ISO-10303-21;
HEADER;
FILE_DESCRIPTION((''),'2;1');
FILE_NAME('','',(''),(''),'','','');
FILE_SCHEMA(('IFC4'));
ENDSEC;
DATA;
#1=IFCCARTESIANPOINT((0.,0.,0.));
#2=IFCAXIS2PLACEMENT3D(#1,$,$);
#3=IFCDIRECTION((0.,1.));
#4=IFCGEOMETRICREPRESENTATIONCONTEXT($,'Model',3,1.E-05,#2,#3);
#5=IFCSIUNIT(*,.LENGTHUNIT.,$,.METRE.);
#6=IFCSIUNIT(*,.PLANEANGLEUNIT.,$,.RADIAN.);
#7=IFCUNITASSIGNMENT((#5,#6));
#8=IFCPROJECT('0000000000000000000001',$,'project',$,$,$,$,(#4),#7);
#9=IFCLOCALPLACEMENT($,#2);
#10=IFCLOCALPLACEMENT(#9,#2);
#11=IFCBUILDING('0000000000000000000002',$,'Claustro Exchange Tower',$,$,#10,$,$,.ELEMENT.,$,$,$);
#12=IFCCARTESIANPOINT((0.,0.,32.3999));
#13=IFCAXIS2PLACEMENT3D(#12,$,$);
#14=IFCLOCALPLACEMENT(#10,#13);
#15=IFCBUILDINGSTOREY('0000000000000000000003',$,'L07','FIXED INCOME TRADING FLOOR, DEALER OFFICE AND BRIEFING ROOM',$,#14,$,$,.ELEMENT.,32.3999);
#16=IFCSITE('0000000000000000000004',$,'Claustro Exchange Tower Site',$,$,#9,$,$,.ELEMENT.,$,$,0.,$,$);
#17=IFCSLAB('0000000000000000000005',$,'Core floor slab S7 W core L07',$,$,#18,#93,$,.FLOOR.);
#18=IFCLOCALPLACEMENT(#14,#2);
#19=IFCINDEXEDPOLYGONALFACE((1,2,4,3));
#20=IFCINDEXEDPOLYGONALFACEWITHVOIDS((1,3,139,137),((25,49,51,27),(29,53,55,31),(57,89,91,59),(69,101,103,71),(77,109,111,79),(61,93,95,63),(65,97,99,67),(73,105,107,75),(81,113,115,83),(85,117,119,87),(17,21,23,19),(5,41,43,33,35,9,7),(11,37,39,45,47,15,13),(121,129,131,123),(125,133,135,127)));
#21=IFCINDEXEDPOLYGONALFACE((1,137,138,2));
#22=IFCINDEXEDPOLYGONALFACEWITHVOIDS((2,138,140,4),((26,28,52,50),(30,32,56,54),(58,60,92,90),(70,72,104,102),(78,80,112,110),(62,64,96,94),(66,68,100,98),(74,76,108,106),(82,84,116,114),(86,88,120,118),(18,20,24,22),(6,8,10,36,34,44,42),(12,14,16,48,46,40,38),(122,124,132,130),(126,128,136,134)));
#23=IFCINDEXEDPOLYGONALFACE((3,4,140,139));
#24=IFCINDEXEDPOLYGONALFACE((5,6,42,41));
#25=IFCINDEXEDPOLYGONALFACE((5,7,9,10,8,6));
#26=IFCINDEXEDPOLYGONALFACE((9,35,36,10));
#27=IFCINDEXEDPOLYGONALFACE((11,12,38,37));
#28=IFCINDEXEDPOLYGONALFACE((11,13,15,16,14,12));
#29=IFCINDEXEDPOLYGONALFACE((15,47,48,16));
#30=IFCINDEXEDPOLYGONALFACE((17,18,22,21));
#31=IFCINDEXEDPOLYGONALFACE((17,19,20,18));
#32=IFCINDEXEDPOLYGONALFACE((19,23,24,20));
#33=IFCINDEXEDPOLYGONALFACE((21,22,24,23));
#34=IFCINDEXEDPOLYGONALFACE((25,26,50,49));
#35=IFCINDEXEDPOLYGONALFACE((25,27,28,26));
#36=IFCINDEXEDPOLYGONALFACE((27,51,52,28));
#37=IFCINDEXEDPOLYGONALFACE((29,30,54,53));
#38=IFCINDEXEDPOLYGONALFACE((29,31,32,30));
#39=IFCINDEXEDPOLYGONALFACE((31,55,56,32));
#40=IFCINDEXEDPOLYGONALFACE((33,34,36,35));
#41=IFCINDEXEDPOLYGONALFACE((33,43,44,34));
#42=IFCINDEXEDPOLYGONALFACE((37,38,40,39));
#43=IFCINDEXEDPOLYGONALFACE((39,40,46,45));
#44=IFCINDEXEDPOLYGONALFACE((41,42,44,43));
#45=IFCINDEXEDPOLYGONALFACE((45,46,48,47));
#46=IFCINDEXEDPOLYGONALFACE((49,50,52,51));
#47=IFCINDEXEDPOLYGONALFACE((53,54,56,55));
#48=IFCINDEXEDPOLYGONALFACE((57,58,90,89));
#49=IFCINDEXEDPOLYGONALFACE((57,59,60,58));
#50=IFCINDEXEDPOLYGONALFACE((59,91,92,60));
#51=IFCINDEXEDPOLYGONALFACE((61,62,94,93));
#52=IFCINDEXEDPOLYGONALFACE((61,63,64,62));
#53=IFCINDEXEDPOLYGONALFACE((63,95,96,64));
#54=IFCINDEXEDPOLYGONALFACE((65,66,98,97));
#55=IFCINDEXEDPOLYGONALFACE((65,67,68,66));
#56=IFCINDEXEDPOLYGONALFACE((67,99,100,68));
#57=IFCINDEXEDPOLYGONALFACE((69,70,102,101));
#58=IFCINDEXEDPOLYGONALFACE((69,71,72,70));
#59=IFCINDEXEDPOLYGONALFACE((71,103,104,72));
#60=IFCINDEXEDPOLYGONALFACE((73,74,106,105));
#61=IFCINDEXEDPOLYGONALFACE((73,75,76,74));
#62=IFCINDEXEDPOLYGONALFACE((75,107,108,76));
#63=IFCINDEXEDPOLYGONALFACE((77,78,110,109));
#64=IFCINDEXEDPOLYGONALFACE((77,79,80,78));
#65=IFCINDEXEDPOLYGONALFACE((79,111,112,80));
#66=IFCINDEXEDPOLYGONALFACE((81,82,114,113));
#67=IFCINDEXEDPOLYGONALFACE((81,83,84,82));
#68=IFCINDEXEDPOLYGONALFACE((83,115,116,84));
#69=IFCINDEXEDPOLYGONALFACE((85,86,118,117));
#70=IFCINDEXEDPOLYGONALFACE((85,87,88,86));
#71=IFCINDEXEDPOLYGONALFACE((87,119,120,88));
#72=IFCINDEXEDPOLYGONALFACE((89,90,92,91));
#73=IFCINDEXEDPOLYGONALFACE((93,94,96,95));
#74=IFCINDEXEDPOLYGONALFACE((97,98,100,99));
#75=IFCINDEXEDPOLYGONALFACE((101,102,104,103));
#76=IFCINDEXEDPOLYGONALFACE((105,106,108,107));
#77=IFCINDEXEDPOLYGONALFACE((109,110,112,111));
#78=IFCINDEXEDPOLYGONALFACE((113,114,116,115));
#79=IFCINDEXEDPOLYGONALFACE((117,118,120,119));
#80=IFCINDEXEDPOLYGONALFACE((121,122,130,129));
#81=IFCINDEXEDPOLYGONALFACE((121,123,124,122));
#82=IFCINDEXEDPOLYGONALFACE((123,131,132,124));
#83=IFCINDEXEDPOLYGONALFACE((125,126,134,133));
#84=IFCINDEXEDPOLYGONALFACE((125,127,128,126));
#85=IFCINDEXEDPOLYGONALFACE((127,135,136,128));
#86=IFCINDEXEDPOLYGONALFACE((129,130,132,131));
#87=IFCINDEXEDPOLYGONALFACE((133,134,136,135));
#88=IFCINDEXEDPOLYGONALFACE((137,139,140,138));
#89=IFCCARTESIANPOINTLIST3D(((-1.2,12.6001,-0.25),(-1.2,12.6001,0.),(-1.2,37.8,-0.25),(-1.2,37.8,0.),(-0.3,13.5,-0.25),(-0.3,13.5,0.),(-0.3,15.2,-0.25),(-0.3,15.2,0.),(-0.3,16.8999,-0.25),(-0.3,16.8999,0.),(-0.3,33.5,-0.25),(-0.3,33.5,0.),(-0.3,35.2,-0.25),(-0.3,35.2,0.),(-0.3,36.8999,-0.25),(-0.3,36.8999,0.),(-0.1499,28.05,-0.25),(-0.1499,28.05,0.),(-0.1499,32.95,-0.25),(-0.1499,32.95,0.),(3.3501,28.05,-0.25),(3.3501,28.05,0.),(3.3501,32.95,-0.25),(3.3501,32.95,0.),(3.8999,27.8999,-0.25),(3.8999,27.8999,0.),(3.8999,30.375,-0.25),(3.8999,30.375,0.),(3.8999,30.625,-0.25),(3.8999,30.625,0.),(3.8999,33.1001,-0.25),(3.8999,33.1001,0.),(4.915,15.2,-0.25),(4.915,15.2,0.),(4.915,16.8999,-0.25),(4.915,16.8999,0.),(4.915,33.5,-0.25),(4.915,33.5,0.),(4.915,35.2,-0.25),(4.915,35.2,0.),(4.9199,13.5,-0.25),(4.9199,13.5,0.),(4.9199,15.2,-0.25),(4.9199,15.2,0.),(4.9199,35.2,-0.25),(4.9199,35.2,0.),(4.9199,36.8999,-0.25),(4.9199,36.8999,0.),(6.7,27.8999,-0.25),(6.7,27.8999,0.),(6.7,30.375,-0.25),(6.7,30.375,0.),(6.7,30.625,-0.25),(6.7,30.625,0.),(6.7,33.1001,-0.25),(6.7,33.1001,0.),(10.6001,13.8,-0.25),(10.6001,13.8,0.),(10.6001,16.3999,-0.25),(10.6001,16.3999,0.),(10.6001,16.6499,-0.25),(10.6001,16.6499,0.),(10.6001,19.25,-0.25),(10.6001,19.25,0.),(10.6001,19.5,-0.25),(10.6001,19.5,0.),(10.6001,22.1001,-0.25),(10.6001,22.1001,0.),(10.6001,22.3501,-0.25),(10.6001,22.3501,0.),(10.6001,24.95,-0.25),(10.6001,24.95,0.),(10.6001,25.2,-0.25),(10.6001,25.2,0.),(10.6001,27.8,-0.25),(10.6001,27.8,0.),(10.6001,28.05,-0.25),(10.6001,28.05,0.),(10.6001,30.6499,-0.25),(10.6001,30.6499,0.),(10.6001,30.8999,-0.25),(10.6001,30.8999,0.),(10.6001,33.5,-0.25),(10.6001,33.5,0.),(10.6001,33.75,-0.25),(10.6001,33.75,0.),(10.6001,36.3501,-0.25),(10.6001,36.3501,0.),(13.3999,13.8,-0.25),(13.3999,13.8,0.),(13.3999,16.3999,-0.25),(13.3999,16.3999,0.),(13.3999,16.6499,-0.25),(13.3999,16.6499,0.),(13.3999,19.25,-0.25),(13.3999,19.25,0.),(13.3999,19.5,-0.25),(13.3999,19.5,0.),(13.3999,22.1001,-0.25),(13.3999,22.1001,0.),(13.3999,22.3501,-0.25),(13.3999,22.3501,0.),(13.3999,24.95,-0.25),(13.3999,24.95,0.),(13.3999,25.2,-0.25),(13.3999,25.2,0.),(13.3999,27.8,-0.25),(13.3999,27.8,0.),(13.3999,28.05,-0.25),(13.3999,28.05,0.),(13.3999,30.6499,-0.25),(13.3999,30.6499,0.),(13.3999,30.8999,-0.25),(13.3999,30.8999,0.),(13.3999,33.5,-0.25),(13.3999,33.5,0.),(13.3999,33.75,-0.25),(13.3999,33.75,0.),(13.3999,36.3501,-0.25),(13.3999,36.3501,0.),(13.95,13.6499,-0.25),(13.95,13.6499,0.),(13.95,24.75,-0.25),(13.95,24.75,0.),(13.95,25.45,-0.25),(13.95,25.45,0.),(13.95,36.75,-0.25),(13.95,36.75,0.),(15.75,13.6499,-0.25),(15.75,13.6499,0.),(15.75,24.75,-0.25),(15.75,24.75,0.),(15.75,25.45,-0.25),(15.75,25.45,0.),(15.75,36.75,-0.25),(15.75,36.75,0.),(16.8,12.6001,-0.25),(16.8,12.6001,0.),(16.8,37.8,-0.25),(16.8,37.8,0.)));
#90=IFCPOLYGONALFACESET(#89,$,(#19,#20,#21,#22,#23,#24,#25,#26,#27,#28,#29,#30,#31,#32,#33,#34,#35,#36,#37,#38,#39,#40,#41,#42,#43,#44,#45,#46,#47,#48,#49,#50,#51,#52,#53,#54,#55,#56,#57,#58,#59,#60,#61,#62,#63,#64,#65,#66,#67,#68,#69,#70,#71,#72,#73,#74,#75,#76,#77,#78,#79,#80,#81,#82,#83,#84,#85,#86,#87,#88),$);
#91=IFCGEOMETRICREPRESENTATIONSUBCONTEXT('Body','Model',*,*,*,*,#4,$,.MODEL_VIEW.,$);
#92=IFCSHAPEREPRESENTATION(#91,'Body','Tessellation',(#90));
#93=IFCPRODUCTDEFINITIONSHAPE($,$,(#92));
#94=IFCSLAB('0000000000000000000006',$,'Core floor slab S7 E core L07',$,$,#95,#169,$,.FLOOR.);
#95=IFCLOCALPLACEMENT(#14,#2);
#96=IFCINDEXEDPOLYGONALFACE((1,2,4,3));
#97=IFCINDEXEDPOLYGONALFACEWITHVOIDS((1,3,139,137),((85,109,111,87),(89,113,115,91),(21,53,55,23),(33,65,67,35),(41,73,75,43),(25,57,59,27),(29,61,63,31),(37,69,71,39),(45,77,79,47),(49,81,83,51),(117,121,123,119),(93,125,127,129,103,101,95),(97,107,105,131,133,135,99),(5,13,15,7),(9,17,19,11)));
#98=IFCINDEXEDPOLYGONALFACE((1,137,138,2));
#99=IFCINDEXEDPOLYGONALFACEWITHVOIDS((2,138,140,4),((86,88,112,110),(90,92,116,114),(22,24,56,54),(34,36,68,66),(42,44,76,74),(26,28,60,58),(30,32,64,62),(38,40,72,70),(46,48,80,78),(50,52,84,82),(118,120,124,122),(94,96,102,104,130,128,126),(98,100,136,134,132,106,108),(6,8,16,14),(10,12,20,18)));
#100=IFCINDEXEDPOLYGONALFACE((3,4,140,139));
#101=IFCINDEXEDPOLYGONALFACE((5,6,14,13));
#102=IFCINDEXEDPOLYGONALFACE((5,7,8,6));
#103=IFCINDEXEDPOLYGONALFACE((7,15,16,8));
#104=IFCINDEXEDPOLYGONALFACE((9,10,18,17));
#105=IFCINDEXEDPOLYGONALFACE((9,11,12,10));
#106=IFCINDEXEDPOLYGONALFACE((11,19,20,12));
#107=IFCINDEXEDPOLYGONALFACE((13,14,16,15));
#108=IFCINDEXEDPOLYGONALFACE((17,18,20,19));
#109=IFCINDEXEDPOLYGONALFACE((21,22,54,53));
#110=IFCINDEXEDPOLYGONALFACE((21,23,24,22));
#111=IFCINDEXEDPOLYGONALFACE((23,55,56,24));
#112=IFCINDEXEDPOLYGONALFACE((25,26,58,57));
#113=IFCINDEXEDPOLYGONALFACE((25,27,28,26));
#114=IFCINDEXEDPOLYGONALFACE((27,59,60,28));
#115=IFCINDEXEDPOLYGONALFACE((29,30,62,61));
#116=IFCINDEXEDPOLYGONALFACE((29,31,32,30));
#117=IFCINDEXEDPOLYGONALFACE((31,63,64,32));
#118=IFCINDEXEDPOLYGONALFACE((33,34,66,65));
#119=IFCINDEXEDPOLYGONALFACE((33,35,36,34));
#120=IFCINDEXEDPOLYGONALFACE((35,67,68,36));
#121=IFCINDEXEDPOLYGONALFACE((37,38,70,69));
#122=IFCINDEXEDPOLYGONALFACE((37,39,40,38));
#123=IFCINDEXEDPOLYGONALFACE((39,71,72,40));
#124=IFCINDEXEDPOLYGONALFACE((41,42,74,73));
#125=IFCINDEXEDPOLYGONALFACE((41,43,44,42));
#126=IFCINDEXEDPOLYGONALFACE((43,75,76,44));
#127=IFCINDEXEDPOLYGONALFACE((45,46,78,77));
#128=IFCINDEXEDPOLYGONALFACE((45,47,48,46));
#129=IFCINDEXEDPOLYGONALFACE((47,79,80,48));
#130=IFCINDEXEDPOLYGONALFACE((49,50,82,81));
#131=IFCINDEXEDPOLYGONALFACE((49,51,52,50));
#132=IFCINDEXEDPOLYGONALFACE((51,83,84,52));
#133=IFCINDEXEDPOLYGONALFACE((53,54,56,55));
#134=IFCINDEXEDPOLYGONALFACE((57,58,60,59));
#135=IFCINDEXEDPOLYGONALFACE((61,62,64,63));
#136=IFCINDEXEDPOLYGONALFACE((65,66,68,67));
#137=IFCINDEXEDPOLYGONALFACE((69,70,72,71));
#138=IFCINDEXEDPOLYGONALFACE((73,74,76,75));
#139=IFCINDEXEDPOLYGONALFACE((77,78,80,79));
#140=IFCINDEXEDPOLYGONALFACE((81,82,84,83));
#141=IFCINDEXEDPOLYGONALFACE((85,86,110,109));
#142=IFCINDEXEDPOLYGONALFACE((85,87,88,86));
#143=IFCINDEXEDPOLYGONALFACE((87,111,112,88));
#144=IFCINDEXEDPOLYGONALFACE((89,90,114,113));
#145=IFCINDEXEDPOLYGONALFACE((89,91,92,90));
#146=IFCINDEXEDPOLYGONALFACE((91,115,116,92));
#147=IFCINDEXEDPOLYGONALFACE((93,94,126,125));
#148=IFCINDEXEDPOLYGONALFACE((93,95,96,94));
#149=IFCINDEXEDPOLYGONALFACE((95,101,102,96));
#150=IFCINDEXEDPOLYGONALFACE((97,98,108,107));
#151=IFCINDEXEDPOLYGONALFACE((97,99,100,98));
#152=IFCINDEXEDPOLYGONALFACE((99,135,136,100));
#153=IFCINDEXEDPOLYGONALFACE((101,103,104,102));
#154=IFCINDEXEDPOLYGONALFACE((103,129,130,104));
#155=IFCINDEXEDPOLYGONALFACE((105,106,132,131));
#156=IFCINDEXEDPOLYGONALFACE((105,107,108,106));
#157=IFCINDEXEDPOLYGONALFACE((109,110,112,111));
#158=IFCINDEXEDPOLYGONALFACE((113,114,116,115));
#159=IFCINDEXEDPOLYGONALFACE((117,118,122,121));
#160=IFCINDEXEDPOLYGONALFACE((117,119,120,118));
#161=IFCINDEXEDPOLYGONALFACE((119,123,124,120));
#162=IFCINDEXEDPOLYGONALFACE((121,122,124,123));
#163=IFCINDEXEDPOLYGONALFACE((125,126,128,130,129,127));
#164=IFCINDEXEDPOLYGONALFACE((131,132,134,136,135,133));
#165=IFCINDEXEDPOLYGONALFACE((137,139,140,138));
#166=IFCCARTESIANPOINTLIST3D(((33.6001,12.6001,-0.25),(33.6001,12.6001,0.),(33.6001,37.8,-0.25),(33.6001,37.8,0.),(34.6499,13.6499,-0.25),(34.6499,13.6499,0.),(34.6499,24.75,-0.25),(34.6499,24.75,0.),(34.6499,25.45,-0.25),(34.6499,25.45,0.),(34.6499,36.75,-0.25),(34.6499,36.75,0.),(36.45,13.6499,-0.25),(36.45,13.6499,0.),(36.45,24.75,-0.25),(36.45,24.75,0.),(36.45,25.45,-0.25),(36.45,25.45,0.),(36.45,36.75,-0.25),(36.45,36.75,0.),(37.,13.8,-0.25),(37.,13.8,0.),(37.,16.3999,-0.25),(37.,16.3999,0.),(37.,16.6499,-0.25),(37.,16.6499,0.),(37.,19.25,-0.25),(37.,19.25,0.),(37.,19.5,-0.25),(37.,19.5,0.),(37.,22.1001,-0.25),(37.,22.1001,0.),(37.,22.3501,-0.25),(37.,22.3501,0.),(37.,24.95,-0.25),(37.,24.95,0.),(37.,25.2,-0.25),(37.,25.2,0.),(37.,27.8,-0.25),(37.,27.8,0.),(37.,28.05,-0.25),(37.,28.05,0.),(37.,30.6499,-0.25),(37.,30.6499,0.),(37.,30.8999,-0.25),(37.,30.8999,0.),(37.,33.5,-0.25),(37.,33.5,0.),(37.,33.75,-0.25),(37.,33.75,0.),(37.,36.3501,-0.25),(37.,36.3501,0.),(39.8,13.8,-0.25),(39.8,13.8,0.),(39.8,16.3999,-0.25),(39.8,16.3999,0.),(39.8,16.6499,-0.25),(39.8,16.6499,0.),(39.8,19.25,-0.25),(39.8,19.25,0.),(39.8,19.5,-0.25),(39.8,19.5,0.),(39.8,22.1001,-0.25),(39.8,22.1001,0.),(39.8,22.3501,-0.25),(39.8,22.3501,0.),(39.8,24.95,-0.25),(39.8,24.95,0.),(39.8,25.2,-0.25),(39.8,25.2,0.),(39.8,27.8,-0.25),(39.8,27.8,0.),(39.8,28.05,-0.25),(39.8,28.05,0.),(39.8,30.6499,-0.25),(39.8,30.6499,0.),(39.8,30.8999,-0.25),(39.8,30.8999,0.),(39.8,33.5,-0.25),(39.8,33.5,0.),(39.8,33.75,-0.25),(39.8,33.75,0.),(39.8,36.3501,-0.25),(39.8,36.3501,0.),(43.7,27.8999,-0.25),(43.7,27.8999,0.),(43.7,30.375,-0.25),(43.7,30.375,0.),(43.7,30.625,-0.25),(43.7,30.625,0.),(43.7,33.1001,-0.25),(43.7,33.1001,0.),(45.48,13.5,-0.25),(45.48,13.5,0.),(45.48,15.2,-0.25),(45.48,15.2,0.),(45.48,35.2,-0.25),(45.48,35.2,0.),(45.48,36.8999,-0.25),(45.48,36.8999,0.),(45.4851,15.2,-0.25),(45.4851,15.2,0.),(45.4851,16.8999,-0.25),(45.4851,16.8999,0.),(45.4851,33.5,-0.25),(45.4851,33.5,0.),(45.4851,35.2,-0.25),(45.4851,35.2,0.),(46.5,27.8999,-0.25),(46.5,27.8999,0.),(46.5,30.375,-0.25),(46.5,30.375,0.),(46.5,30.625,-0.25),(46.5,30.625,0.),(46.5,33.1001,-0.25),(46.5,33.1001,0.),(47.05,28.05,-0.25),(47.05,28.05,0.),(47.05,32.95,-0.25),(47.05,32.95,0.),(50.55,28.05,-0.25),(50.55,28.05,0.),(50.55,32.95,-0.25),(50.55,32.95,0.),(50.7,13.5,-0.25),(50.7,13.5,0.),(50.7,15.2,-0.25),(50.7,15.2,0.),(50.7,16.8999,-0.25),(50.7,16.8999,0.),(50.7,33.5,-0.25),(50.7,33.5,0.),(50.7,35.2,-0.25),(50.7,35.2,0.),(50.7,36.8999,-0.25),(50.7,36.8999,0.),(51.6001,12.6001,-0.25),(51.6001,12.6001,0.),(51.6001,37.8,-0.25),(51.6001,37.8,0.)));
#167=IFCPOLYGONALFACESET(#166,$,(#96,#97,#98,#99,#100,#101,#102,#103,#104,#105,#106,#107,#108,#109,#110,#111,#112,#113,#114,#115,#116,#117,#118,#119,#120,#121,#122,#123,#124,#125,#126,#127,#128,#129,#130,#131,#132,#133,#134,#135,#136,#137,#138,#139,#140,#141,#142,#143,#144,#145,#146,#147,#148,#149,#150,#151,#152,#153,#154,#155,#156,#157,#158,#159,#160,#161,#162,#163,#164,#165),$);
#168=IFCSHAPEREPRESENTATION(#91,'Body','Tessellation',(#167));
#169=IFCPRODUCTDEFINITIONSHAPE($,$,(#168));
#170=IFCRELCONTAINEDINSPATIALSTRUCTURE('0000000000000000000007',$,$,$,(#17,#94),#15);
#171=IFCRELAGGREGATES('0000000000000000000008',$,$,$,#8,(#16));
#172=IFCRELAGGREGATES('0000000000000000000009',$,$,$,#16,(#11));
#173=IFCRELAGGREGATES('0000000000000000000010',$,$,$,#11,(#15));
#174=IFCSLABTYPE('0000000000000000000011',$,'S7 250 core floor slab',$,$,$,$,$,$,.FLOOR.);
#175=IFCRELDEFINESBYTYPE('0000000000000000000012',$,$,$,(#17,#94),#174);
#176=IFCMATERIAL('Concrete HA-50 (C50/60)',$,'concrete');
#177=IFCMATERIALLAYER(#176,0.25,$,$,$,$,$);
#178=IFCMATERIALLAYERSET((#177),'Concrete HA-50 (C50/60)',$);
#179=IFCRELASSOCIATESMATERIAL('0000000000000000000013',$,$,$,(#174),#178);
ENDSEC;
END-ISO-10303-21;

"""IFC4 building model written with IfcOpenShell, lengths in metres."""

from ifc_helpers import new_model, si_unit, direction, frame, origin, place, context, subcontext, project, spatial, polyline, outline, extrude, material, layer, layer_set, type_object, element, save


model = new_model("IFC4")

# Units and contexts
model_context = context("Model", 3, precision=1e-05, world=origin(), true_north=direction((0.0, 1.0)))
body_context = subcontext(model_context, "Body", "Model", "MODEL_VIEW")
ifc_project = project(units=[si_unit("LENGTHUNIT", "METRE"), si_unit("PLANEANGLEUNIT", "RADIAN")], contexts=[model_context])

# Site, building, storey
site_placement = place(None, origin())
site = spatial("IfcSite", under=ifc_project, at=site_placement, Name="Claustro Exchange Tower Site", CompositionType="ELEMENT", RefElevation=0.0)
building_placement = place(site_placement, origin())
building = spatial("IfcBuilding", under=site, at=building_placement, Name="Claustro Exchange Tower", CompositionType="ELEMENT")
storey_placement = place(building_placement, frame((0.0, 0.0, 32.3999)))
storey = spatial("IfcBuildingStorey", under=building, at=storey_placement, Name="L07", Description="FIXED INCOME TRADING FLOOR, DEALER OFFICE AND BRIEFING ROOM", CompositionType="ELEMENT", Elevation=32.3999)

# Slabs
ifc_material_1 = material(Name="Concrete HA-50 (C50/60)", Category="concrete")
ifc_layer_1 = layer(ifc_material_1, 0.25)
ifc_layer_set_1 = layer_set([ifc_layer_1], Name="Concrete HA-50 (C50/60)")
slab_type_1 = type_object("IfcSlabType", Name="S7 250 core floor slab", PredefinedType="FLOOR", material=ifc_layer_set_1)
slab_1_placement = place(storey_placement, frame((0.0, 0.0, -0.25)))
element("IfcSlab", 1, at=slab_1_placement, inside=storey, type_object=slab_type_1, Name="Core floor slab S7 W core L07", PredefinedType="FLOOR", context=body_context, shape_type="SweptSolid", body=[
    extrude(outline(polyline([(-1.2, 12.6001), (16.8, 12.6001), (16.8, 37.8), (-1.2, 37.8), (-1.2, 12.6001)]), holes=[polyline([(15.75, 24.75), (15.75, 13.6499), (13.95, 13.6499), (13.95, 24.75), (15.75, 24.75)]), polyline([(15.75, 36.75), (15.75, 25.45), (13.95, 25.45), (13.95, 36.75), (15.75, 36.75)]), polyline([(10.6001, 16.3999), (13.3999, 16.3999), (13.3999, 13.8), (10.6001, 13.8), (10.6001, 16.3999)]), polyline([(13.3999, 19.25), (13.3999, 16.6499), (10.6001, 16.6499), (10.6001, 19.25), (13.3999, 19.25)]), polyline([(13.3999, 22.1001), (13.3999, 19.5), (10.6001, 19.5), (10.6001, 22.1001), (13.3999, 22.1001)]), polyline([(13.3999, 24.95), (13.3999, 22.3501), (10.6001, 22.3501), (10.6001, 24.95), (13.3999, 24.95)]), polyline([(13.3999, 27.8), (13.3999, 25.2), (10.6001, 25.2), (10.6001, 27.8), (13.3999, 27.8)]), polyline([(13.3999, 30.6499), (13.3999, 28.05), (10.6001, 28.05), (10.6001, 30.6499), (13.3999, 30.6499)]), polyline([(13.3999, 33.5), (13.3999, 30.8999), (10.6001, 30.8999), (10.6001, 33.5), (13.3999, 33.5)]), polyline([(13.3999, 36.3501), (13.3999, 33.75), (10.6001, 33.75), (10.6001, 36.3501), (13.3999, 36.3501)]), polyline([(6.7, 30.375), (6.7, 27.8999), (3.8999, 27.8999), (3.8999, 30.375), (6.7, 30.375)]), polyline([(6.7, 33.1001), (6.7, 30.625), (3.8999, 30.625), (3.8999, 33.1001), (6.7, 33.1001)]), polyline([(-0.3, 15.2), (-0.3, 16.8999), (4.915, 16.8999), (4.915, 15.2), (4.9199, 15.2), (4.9199, 13.5), (-0.3, 13.5), (-0.3, 15.2)]), polyline([(-0.3, 36.8999), (4.9199, 36.8999), (4.9199, 35.2), (4.915, 35.2), (4.915, 33.5), (-0.3, 33.5), (-0.3, 35.2), (-0.3, 36.8999)]), polyline([(3.3501, 32.95), (3.3501, 28.05), (-0.1499, 28.05), (-0.1499, 32.95), (3.3501, 32.95)])]), origin(), (0.0, 0.0, 1.0), 0.25),
])
slab_2_placement = place(storey_placement, frame((0.0, 0.0, -0.25)))
element("IfcSlab", 2, at=slab_2_placement, inside=storey, type_object=slab_type_1, Name="Core floor slab S7 E core L07", PredefinedType="FLOOR", context=body_context, shape_type="SweptSolid", body=[
    extrude(outline(polyline([(33.6001, 12.6001), (51.6001, 12.6001), (51.6001, 37.8), (33.6001, 37.8), (33.6001, 12.6001)]), holes=[polyline([(45.48, 35.2), (45.48, 36.8999), (50.7, 36.8999), (50.7, 35.2), (50.7, 33.5), (45.4851, 33.5), (45.4851, 35.2), (45.48, 35.2)]), polyline([(45.4851, 15.2), (45.4851, 16.8999), (50.7, 16.8999), (50.7, 15.2), (50.7, 13.5), (45.48, 13.5), (45.48, 15.2), (45.4851, 15.2)]), polyline([(50.55, 32.95), (50.55, 28.05), (47.05, 28.05), (47.05, 32.95), (50.55, 32.95)]), polyline([(46.5, 30.375), (46.5, 27.8999), (43.7, 27.8999), (43.7, 30.375), (46.5, 30.375)]), polyline([(46.5, 33.1001), (46.5, 30.625), (43.7, 30.625), (43.7, 33.1001), (46.5, 33.1001)]), polyline([(37.0, 16.3999), (39.8, 16.3999), (39.8, 13.8), (37.0, 13.8), (37.0, 16.3999)]), polyline([(39.8, 19.25), (39.8, 16.6499), (37.0, 16.6499), (37.0, 19.25), (39.8, 19.25)]), polyline([(39.8, 22.1001), (39.8, 19.5), (37.0, 19.5), (37.0, 22.1001), (39.8, 22.1001)]), polyline([(39.8, 24.95), (39.8, 22.3501), (37.0, 22.3501), (37.0, 24.95), (39.8, 24.95)]), polyline([(39.8, 27.8), (39.8, 25.2), (37.0, 25.2), (37.0, 27.8), (39.8, 27.8)]), polyline([(39.8, 30.6499), (39.8, 28.05), (37.0, 28.05), (37.0, 30.6499), (39.8, 30.6499)]), polyline([(39.8, 33.5), (39.8, 30.8999), (37.0, 30.8999), (37.0, 33.5), (39.8, 33.5)]), polyline([(39.8, 36.3501), (39.8, 33.75), (37.0, 33.75), (37.0, 36.3501), (39.8, 36.3501)]), polyline([(36.45, 24.75), (36.45, 13.6499), (34.6499, 13.6499), (34.6499, 24.75), (36.45, 24.75)]), polyline([(36.45, 36.75), (36.45, 25.45), (34.6499, 25.45), (34.6499, 36.75), (36.45, 36.75)])]), origin(), (0.0, 0.0, 1.0), 0.25),
])

save(model, "model.ifc")
